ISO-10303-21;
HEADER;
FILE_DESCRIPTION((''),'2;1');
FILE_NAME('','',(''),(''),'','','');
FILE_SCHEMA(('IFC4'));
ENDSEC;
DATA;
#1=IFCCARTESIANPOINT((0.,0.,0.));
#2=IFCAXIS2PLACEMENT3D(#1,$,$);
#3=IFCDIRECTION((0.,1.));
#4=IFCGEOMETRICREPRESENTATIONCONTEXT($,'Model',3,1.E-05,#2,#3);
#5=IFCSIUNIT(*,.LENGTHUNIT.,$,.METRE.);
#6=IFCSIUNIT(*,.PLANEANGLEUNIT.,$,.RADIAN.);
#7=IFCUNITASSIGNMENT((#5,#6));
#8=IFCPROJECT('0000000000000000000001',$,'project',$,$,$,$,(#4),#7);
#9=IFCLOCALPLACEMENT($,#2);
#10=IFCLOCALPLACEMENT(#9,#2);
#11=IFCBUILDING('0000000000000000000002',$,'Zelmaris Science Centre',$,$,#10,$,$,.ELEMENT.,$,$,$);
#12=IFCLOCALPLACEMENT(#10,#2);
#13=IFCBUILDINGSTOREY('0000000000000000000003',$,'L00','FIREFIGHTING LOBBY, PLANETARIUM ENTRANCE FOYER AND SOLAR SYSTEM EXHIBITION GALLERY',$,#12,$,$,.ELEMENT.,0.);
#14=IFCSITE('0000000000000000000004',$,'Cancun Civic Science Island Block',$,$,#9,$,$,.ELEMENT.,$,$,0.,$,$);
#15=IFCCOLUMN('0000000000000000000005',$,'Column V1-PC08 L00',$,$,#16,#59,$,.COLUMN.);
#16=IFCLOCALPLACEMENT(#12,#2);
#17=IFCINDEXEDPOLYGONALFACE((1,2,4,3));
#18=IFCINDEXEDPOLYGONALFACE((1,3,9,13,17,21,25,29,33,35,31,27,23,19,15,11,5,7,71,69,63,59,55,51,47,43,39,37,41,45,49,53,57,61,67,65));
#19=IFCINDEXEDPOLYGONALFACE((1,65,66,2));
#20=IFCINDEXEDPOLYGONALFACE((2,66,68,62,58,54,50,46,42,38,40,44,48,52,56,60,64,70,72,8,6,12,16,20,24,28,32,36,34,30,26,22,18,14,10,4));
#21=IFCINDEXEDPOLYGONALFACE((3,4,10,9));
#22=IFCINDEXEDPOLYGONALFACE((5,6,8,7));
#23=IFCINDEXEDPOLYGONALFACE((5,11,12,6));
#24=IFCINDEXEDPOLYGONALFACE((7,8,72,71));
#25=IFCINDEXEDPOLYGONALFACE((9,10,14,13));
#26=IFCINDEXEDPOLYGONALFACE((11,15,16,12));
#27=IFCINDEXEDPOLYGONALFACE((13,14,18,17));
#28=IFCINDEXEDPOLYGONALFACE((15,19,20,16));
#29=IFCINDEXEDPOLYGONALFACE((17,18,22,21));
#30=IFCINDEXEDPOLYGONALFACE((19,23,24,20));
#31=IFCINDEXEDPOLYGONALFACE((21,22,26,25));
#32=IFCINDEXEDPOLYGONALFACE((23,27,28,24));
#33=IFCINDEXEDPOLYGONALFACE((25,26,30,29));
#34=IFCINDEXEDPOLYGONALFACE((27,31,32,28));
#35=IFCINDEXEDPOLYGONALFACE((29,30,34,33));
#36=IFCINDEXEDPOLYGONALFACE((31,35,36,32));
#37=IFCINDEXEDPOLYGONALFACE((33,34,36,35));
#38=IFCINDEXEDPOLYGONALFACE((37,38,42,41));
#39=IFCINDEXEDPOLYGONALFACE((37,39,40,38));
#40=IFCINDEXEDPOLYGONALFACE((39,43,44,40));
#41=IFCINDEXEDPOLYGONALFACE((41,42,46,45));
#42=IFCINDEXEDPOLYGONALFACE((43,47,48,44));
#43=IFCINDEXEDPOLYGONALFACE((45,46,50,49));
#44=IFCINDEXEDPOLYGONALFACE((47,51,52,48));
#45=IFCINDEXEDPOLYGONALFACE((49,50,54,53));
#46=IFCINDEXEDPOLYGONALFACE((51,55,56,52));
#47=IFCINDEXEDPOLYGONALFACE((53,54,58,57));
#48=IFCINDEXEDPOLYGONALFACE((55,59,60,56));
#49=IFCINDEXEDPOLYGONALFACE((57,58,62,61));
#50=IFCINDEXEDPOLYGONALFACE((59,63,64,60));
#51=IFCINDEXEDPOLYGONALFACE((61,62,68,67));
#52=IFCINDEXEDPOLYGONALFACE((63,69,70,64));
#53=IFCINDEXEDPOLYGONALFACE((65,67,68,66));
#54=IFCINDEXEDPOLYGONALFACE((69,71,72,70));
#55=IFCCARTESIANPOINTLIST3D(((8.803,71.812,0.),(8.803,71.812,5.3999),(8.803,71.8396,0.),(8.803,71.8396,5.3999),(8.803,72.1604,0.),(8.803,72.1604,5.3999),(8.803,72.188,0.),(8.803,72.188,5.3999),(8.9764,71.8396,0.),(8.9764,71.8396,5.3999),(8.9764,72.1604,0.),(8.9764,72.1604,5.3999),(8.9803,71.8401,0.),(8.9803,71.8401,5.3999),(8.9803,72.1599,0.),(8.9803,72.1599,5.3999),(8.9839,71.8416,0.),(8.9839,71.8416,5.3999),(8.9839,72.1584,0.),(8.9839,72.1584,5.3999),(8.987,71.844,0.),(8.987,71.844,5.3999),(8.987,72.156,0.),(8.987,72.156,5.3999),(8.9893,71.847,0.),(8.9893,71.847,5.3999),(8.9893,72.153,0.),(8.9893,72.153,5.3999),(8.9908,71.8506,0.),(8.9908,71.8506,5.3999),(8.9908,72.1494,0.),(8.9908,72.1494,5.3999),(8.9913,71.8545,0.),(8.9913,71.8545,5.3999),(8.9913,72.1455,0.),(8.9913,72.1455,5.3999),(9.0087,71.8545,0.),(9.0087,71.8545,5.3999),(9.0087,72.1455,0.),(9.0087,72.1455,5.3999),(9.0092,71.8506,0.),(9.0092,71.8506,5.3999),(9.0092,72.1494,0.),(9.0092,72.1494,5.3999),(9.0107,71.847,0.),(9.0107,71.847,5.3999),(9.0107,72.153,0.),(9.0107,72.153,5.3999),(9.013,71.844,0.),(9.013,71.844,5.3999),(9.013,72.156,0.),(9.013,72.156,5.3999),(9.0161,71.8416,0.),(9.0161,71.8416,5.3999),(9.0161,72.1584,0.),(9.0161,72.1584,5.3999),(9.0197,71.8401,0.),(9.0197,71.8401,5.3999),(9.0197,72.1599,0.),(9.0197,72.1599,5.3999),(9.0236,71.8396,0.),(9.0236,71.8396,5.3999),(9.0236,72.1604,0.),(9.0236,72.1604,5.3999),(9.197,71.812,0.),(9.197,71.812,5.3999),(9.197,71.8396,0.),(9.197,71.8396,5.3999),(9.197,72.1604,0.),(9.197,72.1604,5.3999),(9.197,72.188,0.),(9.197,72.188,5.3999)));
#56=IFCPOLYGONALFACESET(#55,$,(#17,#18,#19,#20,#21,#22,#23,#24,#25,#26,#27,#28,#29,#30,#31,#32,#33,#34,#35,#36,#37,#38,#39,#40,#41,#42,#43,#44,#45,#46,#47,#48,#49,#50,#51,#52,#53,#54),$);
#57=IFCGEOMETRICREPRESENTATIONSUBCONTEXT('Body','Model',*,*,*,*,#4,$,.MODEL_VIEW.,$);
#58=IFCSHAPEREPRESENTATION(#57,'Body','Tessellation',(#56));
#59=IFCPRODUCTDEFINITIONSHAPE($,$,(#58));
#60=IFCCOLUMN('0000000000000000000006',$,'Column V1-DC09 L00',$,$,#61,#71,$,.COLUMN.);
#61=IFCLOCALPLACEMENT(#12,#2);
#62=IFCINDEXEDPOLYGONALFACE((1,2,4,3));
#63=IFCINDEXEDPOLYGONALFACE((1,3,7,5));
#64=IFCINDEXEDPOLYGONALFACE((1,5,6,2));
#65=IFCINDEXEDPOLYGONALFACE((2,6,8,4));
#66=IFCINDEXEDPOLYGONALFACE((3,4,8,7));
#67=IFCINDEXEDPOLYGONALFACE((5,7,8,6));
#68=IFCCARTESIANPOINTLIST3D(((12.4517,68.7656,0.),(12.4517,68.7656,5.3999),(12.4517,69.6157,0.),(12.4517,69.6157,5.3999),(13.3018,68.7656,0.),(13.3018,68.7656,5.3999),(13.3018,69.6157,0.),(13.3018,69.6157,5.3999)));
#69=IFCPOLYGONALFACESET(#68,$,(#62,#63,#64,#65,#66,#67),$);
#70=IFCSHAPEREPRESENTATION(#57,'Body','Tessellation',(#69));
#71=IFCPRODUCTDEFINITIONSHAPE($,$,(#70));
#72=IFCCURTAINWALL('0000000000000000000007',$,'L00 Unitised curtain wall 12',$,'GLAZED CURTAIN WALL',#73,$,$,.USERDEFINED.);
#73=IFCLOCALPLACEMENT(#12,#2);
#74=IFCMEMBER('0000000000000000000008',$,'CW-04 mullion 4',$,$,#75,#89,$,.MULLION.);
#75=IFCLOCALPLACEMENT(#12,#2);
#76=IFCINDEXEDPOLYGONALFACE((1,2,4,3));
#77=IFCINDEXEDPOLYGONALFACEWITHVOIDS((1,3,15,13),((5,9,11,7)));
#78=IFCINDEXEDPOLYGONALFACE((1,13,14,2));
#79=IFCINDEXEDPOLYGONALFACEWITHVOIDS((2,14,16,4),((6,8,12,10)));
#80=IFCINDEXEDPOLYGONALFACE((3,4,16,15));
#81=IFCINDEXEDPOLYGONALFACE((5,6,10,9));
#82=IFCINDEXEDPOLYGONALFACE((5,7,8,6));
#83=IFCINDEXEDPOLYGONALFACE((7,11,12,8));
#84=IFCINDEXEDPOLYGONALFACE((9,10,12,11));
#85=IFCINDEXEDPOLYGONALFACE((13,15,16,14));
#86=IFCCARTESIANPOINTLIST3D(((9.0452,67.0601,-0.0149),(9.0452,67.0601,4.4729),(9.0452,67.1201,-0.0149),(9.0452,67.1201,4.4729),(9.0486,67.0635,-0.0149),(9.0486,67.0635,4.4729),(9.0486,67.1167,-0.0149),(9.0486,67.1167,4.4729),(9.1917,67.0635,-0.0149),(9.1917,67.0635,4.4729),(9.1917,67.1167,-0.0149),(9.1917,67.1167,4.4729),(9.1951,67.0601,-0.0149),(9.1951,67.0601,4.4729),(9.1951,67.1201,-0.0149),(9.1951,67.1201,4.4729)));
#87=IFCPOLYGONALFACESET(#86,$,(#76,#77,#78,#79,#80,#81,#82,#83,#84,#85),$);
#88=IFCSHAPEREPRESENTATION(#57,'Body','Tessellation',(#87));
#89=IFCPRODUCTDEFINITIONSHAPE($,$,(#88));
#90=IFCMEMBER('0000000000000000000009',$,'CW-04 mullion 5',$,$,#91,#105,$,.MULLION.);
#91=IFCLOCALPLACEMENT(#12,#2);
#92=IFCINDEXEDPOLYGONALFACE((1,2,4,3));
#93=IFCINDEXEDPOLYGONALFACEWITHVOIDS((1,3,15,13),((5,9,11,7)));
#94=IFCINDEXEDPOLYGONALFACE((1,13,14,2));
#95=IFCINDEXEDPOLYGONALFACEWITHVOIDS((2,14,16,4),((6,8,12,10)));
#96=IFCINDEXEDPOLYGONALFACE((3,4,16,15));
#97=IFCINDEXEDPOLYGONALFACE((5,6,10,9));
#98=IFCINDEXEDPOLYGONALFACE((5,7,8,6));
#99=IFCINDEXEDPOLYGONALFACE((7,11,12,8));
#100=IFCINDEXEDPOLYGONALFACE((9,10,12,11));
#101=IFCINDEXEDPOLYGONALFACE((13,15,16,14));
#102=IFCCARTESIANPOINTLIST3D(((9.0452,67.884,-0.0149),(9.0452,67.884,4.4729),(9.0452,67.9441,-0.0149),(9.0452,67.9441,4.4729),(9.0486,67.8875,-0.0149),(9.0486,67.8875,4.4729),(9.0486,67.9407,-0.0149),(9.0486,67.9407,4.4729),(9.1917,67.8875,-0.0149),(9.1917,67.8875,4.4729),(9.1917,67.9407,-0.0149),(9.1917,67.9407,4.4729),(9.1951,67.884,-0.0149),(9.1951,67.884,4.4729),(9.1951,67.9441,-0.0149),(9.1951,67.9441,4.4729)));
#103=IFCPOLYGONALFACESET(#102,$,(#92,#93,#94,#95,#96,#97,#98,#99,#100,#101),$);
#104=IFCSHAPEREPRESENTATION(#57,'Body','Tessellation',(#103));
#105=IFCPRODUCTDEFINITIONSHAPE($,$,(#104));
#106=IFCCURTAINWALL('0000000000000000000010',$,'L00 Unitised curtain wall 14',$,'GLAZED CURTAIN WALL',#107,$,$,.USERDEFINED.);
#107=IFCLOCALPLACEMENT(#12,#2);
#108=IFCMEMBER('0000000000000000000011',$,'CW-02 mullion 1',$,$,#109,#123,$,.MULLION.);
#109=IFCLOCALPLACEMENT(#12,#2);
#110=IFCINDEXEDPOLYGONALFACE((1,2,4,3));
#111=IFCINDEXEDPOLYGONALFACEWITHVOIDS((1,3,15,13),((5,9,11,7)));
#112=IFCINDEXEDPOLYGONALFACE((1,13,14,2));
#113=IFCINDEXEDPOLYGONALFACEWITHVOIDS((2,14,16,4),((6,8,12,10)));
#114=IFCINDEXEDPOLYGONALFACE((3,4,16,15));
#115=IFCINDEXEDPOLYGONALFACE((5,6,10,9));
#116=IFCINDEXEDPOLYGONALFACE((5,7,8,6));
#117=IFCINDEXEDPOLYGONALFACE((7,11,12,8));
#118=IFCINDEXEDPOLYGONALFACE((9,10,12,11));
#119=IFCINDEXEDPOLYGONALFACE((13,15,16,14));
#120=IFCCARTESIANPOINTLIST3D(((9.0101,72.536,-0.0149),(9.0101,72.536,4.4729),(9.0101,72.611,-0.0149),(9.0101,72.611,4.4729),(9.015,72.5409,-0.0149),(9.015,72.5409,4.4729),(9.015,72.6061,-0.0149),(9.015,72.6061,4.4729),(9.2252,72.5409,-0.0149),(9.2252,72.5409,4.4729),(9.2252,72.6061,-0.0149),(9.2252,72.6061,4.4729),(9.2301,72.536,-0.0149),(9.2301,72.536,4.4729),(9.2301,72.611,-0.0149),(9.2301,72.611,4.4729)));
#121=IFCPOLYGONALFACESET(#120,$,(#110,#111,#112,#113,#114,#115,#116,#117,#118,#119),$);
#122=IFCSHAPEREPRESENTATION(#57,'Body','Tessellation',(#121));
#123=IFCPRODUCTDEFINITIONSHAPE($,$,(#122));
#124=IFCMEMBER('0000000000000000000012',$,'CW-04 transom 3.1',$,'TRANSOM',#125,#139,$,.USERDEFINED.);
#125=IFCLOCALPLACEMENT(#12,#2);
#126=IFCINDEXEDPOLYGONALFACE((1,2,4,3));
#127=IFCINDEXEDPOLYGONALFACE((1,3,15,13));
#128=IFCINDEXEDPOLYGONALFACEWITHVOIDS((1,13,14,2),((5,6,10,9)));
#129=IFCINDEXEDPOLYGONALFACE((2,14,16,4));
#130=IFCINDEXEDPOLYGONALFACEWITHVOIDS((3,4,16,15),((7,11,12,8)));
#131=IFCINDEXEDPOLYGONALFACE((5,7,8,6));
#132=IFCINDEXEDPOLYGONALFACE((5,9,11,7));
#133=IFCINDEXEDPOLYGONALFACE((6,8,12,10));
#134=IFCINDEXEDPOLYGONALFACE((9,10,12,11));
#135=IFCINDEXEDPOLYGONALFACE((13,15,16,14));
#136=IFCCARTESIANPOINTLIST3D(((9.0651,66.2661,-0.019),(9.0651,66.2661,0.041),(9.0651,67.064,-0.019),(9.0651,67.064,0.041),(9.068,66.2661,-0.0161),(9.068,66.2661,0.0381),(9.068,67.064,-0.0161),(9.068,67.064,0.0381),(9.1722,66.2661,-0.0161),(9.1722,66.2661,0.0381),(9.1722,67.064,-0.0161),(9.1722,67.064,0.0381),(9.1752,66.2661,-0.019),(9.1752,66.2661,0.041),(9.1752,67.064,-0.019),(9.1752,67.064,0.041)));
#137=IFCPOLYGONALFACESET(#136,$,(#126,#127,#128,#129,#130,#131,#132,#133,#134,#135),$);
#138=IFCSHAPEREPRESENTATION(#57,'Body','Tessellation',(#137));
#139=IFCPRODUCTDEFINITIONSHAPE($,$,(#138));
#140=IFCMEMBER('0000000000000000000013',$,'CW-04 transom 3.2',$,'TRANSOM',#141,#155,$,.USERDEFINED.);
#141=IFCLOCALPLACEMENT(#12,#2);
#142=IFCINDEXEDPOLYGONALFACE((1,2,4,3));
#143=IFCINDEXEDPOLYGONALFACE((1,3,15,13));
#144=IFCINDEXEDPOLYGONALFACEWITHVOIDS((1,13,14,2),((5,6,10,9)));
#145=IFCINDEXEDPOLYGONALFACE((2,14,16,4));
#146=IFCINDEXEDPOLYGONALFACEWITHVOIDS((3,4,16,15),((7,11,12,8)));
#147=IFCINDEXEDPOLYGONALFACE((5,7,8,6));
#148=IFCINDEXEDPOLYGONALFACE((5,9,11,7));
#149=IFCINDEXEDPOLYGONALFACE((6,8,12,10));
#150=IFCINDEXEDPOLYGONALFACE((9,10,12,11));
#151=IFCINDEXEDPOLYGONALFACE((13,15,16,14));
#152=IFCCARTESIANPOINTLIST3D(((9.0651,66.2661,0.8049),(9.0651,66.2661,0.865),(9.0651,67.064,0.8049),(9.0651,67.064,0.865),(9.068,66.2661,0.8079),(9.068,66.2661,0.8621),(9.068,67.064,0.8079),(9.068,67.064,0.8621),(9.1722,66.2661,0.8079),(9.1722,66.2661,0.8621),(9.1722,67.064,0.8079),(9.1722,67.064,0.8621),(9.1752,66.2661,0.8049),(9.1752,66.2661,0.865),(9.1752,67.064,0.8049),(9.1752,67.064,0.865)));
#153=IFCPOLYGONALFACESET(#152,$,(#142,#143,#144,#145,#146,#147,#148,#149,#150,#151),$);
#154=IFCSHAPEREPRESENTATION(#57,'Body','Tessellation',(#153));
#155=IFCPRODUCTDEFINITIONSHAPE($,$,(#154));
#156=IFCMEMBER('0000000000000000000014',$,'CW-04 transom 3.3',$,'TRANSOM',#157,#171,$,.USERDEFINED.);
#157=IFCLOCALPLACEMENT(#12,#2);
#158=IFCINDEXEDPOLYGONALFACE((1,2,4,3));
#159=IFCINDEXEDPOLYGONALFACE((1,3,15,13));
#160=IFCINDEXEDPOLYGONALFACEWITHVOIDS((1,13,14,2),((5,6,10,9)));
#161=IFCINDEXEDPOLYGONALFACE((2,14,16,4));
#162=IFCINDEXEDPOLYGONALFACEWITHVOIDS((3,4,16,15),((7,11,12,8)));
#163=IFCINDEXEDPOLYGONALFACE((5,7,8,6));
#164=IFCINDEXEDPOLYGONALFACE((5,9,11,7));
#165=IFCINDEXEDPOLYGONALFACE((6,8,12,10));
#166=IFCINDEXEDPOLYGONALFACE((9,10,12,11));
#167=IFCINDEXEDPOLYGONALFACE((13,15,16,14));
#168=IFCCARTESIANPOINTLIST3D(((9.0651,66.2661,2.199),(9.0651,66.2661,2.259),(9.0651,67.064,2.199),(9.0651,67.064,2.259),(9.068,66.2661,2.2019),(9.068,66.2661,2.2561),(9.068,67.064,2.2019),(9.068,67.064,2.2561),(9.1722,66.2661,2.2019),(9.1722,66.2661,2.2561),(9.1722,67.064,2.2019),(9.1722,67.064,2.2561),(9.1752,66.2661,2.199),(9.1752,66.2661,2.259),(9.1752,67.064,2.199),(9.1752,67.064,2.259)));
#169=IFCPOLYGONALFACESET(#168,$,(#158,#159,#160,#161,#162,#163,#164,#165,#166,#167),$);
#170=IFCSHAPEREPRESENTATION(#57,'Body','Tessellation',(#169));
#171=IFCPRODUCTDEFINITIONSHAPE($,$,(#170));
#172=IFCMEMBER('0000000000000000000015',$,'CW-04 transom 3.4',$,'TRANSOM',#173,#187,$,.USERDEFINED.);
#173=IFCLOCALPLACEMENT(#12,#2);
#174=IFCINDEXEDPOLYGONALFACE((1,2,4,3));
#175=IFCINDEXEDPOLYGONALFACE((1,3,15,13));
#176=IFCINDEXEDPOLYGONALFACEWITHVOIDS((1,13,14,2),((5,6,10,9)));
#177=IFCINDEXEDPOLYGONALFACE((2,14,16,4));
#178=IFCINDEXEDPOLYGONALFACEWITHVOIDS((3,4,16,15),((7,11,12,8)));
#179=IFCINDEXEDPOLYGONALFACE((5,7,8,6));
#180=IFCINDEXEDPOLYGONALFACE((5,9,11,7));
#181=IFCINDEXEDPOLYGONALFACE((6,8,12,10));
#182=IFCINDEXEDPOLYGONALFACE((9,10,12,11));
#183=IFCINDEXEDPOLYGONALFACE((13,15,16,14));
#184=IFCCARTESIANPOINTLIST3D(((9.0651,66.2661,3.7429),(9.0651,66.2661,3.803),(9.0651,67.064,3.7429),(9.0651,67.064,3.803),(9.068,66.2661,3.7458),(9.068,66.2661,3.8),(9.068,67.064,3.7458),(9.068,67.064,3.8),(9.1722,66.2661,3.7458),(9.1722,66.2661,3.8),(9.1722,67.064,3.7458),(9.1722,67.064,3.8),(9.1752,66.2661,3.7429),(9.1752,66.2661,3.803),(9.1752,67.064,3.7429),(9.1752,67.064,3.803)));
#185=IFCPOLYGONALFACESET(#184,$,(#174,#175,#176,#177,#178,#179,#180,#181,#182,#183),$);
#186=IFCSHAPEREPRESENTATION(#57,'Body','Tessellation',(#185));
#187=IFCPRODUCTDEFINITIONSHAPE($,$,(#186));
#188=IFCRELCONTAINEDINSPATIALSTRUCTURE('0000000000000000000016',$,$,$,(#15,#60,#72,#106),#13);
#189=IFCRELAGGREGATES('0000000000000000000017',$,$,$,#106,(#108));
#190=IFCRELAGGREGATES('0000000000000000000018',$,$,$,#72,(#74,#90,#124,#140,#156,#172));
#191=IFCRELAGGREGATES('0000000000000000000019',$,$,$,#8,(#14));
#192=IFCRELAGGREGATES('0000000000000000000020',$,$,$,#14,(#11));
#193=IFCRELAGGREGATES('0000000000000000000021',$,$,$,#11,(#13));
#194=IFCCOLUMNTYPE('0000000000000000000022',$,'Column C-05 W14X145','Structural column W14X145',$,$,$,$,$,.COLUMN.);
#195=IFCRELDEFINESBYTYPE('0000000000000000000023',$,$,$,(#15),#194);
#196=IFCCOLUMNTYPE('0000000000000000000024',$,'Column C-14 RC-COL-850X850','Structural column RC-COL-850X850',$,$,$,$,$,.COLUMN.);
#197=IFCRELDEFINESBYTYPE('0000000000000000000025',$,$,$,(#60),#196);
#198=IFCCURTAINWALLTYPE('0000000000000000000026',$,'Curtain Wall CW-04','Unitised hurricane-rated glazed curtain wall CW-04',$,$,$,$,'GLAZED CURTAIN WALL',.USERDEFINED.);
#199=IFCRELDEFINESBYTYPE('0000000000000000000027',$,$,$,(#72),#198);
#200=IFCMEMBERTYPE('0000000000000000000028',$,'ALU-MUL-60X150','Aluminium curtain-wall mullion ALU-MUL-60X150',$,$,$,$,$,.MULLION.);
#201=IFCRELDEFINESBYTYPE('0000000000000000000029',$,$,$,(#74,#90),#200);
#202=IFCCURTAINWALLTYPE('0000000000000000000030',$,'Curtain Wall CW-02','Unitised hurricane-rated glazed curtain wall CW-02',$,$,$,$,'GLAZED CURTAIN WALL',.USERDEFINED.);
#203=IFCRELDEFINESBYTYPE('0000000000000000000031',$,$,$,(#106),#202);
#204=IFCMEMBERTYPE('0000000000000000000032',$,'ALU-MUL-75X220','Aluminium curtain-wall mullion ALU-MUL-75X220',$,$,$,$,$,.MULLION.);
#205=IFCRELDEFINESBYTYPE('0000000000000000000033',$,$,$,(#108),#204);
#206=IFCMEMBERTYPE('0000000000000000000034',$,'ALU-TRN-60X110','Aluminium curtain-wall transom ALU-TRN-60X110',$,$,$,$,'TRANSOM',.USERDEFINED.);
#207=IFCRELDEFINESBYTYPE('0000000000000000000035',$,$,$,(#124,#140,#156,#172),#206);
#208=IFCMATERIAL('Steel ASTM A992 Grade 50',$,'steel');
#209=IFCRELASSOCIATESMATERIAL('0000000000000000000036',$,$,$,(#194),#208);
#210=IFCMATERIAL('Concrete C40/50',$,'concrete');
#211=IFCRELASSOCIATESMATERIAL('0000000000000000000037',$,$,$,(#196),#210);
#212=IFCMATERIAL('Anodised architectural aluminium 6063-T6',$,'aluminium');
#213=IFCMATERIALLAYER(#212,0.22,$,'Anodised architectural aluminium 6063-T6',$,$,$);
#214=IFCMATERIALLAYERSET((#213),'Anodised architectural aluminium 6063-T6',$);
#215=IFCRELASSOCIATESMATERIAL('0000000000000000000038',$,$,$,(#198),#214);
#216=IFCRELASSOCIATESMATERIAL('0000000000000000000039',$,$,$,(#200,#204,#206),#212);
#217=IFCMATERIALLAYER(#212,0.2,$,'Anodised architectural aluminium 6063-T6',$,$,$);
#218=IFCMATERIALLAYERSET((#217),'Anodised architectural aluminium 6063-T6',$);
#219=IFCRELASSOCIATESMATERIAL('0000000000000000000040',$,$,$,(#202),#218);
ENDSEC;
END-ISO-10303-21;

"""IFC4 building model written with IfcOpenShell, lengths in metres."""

from ifc_helpers import new_model, si_unit, direction, frame, origin, origin_2d, place, context, subcontext, project, spatial, rectangle, hollow_rectangle, i_section, extrude, material, layer, layer_set, material_profile, profile_set, type_object, element, aggregate, save


model = new_model("IFC4")

# Units and contexts
model_context = context("Model", 3, precision=1e-05, world=origin(), true_north=direction((0.0, 1.0)))
body_context = subcontext(model_context, "Body", "Model", "MODEL_VIEW")
ifc_project = project(units=[si_unit("LENGTHUNIT", "METRE"), si_unit("PLANEANGLEUNIT", "RADIAN")], contexts=[model_context])

# Site, building, storey
site_placement = place(None, origin())
site = spatial("IfcSite", under=ifc_project, at=site_placement, Name="Cancun Civic Science Island Block", CompositionType="ELEMENT", RefElevation=0.0)
building_placement = place(site_placement, origin())
building = spatial("IfcBuilding", under=site, at=building_placement, Name="Zelmaris Science Centre", CompositionType="ELEMENT")
storey_placement = place(building_placement, origin())
storey = spatial("IfcBuildingStorey", under=building, at=storey_placement, Name="L00", Description="FIREFIGHTING LOBBY, PLANETARIUM ENTRANCE FOYER AND SOLAR SYSTEM EXHIBITION GALLERY", CompositionType="ELEMENT", Elevation=0.0)

# Columns
ifc_material_1 = material(Name="Steel ASTM A992 Grade 50", Category="steel")
ifc_material_profile_1 = material_profile(ifc_material_1, i_section(OverallWidth=0.394, OverallDepth=0.376, WebThickness=0.0173, FlangeThickness=0.0276, FilletRadius=0.0149, at=origin_2d()), Name="W14X145")
ifc_profile_set_1 = profile_set([ifc_material_profile_1], Name="Steel ASTM A992 Grade 50")
column_type_1 = type_object("IfcColumnType", Name="Column C-05 W14X145", Description="Structural column W14X145", PredefinedType="COLUMN", material=ifc_profile_set_1)
column_1_placement = place(storey_placement, frame((9.0, 72.0, 0.0), z_axis=(0.0, 0.0, 1.0), x_axis=(1.0, 0.0, 0.0)))
element("IfcColumn", 1, at=column_1_placement, inside=storey, type_object=column_type_1, Name="Column V1-PC08 L00", PredefinedType="COLUMN", context=body_context, shape_type="SweptSolid", body=[
    extrude(i_section(OverallWidth=0.394, OverallDepth=0.376, WebThickness=0.0173, FlangeThickness=0.0276, FilletRadius=0.0149, at=origin_2d()), origin(), (0.0, 0.0, 1.0), 5.3999),
])
ifc_material_2 = material(Name="Concrete C40/50", Category="concrete")
ifc_material_profile_2 = material_profile(ifc_material_2, rectangle(XDim=0.8501, YDim=0.8501, at=origin_2d()), Name="RC-COL-850X850")
ifc_profile_set_2 = profile_set([ifc_material_profile_2], Name="Concrete C40/50")
column_type_2 = type_object("IfcColumnType", Name="Column C-14 RC-COL-850X850", Description="Structural column RC-COL-850X850", PredefinedType="COLUMN", material=ifc_profile_set_2)
column_2_placement = place(storey_placement, frame((12.8767, 69.1907, 0.0), z_axis=(0.0, 0.0, 1.0), x_axis=(1.0, 0.0, 0.0)))
element("IfcColumn", 2, at=column_2_placement, inside=storey, type_object=column_type_2, Name="Column V1-DC09 L00", PredefinedType="COLUMN", context=body_context, shape_type="SweptSolid", body=[
    extrude(rectangle(XDim=0.8501, YDim=0.8501, at=origin_2d()), origin(), (0.0, 0.0, 1.0), 5.3999),
])

# Curtain wall, members
ifc_material_3 = material(Name="Anodised architectural aluminium 6063-T6", Category="aluminium")
ifc_layer_1 = layer(ifc_material_3, 0.22, Name="Anodised architectural aluminium 6063-T6")
ifc_layer_set_1 = layer_set([ifc_layer_1], Name="Anodised architectural aluminium 6063-T6")
curtain_wall_type_1 = type_object("IfcCurtainWallType", Name="Curtain Wall CW-04", Description="Unitised hurricane-rated glazed curtain wall CW-04", ElementType="GLAZED CURTAIN WALL", PredefinedType="USERDEFINED", material=ifc_layer_set_1)
curtain_wall_1_placement = place(storey_placement, origin())
curtain_wall_1 = element("IfcCurtainWall", 3, at=curtain_wall_1_placement, inside=storey, type_object=curtain_wall_type_1, Name="L00 Unitised curtain wall 12", ObjectType="GLAZED CURTAIN WALL", PredefinedType="USERDEFINED")
ifc_material_profile_3 = material_profile(ifc_material_3, hollow_rectangle(XDim=0.0601, YDim=0.1499, WallThickness=0.0034, at=origin_2d()), Name="ALU-MUL-60X150")
ifc_profile_set_3 = profile_set([ifc_material_profile_3], Name="Anodised architectural aluminium 6063-T6")
member_type_1 = type_object("IfcMemberType", Name="ALU-MUL-60X150", Description="Aluminium curtain-wall mullion ALU-MUL-60X150", PredefinedType="MULLION", material=ifc_profile_set_3)
member_1_placement = place(storey_placement, frame((9.1201, 67.0901, -0.0149), z_axis=(0.0, 0.0, 1.0), x_axis=(0.0, 1.0, 0.0)))
member_1 = element("IfcMember", 4, at=member_1_placement, type_object=member_type_1, Name="CW-04 mullion 4", PredefinedType="MULLION", context=body_context, shape_type="SweptSolid", body=[
    extrude(hollow_rectangle(XDim=0.0601, YDim=0.1499, WallThickness=0.0034, at=origin_2d()), origin(), (0.0, 0.0, 1.0), 4.4878),
])
member_2_placement = place(storey_placement, frame((9.1201, 67.9141, -0.0149), z_axis=(0.0, 0.0, 1.0), x_axis=(0.0, 1.0, 0.0)))
member_2 = element("IfcMember", 5, at=member_2_placement, type_object=member_type_1, Name="CW-04 mullion 5", PredefinedType="MULLION", context=body_context, shape_type="SweptSolid", body=[
    extrude(hollow_rectangle(XDim=0.0601, YDim=0.1499, WallThickness=0.0034, at=origin_2d()), origin(), (0.0, 0.0, 1.0), 4.4878),
])

# Curtain wall, member
ifc_layer_2 = layer(ifc_material_3, 0.2, Name="Anodised architectural aluminium 6063-T6")
ifc_layer_set_2 = layer_set([ifc_layer_2], Name="Anodised architectural aluminium 6063-T6")
curtain_wall_type_2 = type_object("IfcCurtainWallType", Name="Curtain Wall CW-02", Description="Unitised hurricane-rated glazed curtain wall CW-02", ElementType="GLAZED CURTAIN WALL", PredefinedType="USERDEFINED", material=ifc_layer_set_2)
curtain_wall_2_placement = place(storey_placement, origin())
curtain_wall_2 = element("IfcCurtainWall", 6, at=curtain_wall_2_placement, inside=storey, type_object=curtain_wall_type_2, Name="L00 Unitised curtain wall 14", ObjectType="GLAZED CURTAIN WALL", PredefinedType="USERDEFINED")
ifc_material_profile_4 = material_profile(ifc_material_3, hollow_rectangle(XDim=0.075, YDim=0.22, WallThickness=0.0049, at=origin_2d()), Name="ALU-MUL-75X220")
ifc_profile_set_4 = profile_set([ifc_material_profile_4], Name="Anodised architectural aluminium 6063-T6")
member_type_2 = type_object("IfcMemberType", Name="ALU-MUL-75X220", Description="Aluminium curtain-wall mullion ALU-MUL-75X220", PredefinedType="MULLION", material=ifc_profile_set_4)
member_3_placement = place(storey_placement, frame((9.1201, 72.5735, -0.0149), z_axis=(0.0, 0.0, 1.0), x_axis=(0.0, 1.0, 0.0)))
member_3 = element("IfcMember", 7, at=member_3_placement, type_object=member_type_2, Name="CW-02 mullion 1", PredefinedType="MULLION", context=body_context, shape_type="SweptSolid", body=[
    extrude(hollow_rectangle(XDim=0.075, YDim=0.22, WallThickness=0.0049, at=origin_2d()), origin(), (0.0, 0.0, 1.0), 4.4878),
])

# Members
ifc_material_profile_5 = material_profile(ifc_material_3, hollow_rectangle(XDim=0.0601, YDim=0.1101, WallThickness=0.0029, at=origin_2d()), Name="ALU-TRN-60X110")
ifc_profile_set_5 = profile_set([ifc_material_profile_5], Name="Anodised architectural aluminium 6063-T6")
member_type_3 = type_object("IfcMemberType", Name="ALU-TRN-60X110", Description="Aluminium curtain-wall transom ALU-TRN-60X110", ElementType="TRANSOM", PredefinedType="USERDEFINED", material=ifc_profile_set_5)
member_4_placement = place(storey_placement, frame((9.1201, 66.2661, 0.011), z_axis=(0.0, 1.0, 0.0), x_axis=(0.0, 0.0, 1.0)))
member_4 = element("IfcMember", 8, at=member_4_placement, type_object=member_type_3, Name="CW-04 transom 3.1", ObjectType="TRANSOM", PredefinedType="USERDEFINED", context=body_context, shape_type="SweptSolid", body=[
    extrude(hollow_rectangle(XDim=0.0601, YDim=0.1101, WallThickness=0.0029, at=origin_2d()), origin(), (0.0, 0.0, 1.0), 0.7979),
])
member_5_placement = place(storey_placement, frame((9.1201, 66.2661, 0.835), z_axis=(0.0, 1.0, 0.0), x_axis=(0.0, 0.0, 1.0)))
member_5 = element("IfcMember", 9, at=member_5_placement, type_object=member_type_3, Name="CW-04 transom 3.2", ObjectType="TRANSOM", PredefinedType="USERDEFINED", context=body_context, shape_type="SweptSolid", body=[
    extrude(hollow_rectangle(XDim=0.0601, YDim=0.1101, WallThickness=0.0029, at=origin_2d()), origin(), (0.0, 0.0, 1.0), 0.7979),
])
member_6_placement = place(storey_placement, frame((9.1201, 66.2661, 2.229), z_axis=(0.0, 1.0, 0.0), x_axis=(0.0, 0.0, 1.0)))
member_6 = element("IfcMember", 10, at=member_6_placement, type_object=member_type_3, Name="CW-04 transom 3.3", ObjectType="TRANSOM", PredefinedType="USERDEFINED", context=body_context, shape_type="SweptSolid", body=[
    extrude(hollow_rectangle(XDim=0.0601, YDim=0.1101, WallThickness=0.0029, at=origin_2d()), origin(), (0.0, 0.0, 1.0), 0.7979),
])
member_7_placement = place(storey_placement, frame((9.1201, 66.2661, 3.7729), z_axis=(0.0, 1.0, 0.0), x_axis=(0.0, 0.0, 1.0)))
member_7 = element("IfcMember", 11, at=member_7_placement, type_object=member_type_3, Name="CW-04 transom 3.4", ObjectType="TRANSOM", PredefinedType="USERDEFINED", context=body_context, shape_type="SweptSolid", body=[
    extrude(hollow_rectangle(XDim=0.0601, YDim=0.1101, WallThickness=0.0029, at=origin_2d()), origin(), (0.0, 0.0, 1.0), 0.7979),
])

aggregate(curtain_wall_2, [member_3])
aggregate(curtain_wall_1, [member_1, member_2, member_4, member_5, member_6, member_7])

save(model, "model.ifc")
